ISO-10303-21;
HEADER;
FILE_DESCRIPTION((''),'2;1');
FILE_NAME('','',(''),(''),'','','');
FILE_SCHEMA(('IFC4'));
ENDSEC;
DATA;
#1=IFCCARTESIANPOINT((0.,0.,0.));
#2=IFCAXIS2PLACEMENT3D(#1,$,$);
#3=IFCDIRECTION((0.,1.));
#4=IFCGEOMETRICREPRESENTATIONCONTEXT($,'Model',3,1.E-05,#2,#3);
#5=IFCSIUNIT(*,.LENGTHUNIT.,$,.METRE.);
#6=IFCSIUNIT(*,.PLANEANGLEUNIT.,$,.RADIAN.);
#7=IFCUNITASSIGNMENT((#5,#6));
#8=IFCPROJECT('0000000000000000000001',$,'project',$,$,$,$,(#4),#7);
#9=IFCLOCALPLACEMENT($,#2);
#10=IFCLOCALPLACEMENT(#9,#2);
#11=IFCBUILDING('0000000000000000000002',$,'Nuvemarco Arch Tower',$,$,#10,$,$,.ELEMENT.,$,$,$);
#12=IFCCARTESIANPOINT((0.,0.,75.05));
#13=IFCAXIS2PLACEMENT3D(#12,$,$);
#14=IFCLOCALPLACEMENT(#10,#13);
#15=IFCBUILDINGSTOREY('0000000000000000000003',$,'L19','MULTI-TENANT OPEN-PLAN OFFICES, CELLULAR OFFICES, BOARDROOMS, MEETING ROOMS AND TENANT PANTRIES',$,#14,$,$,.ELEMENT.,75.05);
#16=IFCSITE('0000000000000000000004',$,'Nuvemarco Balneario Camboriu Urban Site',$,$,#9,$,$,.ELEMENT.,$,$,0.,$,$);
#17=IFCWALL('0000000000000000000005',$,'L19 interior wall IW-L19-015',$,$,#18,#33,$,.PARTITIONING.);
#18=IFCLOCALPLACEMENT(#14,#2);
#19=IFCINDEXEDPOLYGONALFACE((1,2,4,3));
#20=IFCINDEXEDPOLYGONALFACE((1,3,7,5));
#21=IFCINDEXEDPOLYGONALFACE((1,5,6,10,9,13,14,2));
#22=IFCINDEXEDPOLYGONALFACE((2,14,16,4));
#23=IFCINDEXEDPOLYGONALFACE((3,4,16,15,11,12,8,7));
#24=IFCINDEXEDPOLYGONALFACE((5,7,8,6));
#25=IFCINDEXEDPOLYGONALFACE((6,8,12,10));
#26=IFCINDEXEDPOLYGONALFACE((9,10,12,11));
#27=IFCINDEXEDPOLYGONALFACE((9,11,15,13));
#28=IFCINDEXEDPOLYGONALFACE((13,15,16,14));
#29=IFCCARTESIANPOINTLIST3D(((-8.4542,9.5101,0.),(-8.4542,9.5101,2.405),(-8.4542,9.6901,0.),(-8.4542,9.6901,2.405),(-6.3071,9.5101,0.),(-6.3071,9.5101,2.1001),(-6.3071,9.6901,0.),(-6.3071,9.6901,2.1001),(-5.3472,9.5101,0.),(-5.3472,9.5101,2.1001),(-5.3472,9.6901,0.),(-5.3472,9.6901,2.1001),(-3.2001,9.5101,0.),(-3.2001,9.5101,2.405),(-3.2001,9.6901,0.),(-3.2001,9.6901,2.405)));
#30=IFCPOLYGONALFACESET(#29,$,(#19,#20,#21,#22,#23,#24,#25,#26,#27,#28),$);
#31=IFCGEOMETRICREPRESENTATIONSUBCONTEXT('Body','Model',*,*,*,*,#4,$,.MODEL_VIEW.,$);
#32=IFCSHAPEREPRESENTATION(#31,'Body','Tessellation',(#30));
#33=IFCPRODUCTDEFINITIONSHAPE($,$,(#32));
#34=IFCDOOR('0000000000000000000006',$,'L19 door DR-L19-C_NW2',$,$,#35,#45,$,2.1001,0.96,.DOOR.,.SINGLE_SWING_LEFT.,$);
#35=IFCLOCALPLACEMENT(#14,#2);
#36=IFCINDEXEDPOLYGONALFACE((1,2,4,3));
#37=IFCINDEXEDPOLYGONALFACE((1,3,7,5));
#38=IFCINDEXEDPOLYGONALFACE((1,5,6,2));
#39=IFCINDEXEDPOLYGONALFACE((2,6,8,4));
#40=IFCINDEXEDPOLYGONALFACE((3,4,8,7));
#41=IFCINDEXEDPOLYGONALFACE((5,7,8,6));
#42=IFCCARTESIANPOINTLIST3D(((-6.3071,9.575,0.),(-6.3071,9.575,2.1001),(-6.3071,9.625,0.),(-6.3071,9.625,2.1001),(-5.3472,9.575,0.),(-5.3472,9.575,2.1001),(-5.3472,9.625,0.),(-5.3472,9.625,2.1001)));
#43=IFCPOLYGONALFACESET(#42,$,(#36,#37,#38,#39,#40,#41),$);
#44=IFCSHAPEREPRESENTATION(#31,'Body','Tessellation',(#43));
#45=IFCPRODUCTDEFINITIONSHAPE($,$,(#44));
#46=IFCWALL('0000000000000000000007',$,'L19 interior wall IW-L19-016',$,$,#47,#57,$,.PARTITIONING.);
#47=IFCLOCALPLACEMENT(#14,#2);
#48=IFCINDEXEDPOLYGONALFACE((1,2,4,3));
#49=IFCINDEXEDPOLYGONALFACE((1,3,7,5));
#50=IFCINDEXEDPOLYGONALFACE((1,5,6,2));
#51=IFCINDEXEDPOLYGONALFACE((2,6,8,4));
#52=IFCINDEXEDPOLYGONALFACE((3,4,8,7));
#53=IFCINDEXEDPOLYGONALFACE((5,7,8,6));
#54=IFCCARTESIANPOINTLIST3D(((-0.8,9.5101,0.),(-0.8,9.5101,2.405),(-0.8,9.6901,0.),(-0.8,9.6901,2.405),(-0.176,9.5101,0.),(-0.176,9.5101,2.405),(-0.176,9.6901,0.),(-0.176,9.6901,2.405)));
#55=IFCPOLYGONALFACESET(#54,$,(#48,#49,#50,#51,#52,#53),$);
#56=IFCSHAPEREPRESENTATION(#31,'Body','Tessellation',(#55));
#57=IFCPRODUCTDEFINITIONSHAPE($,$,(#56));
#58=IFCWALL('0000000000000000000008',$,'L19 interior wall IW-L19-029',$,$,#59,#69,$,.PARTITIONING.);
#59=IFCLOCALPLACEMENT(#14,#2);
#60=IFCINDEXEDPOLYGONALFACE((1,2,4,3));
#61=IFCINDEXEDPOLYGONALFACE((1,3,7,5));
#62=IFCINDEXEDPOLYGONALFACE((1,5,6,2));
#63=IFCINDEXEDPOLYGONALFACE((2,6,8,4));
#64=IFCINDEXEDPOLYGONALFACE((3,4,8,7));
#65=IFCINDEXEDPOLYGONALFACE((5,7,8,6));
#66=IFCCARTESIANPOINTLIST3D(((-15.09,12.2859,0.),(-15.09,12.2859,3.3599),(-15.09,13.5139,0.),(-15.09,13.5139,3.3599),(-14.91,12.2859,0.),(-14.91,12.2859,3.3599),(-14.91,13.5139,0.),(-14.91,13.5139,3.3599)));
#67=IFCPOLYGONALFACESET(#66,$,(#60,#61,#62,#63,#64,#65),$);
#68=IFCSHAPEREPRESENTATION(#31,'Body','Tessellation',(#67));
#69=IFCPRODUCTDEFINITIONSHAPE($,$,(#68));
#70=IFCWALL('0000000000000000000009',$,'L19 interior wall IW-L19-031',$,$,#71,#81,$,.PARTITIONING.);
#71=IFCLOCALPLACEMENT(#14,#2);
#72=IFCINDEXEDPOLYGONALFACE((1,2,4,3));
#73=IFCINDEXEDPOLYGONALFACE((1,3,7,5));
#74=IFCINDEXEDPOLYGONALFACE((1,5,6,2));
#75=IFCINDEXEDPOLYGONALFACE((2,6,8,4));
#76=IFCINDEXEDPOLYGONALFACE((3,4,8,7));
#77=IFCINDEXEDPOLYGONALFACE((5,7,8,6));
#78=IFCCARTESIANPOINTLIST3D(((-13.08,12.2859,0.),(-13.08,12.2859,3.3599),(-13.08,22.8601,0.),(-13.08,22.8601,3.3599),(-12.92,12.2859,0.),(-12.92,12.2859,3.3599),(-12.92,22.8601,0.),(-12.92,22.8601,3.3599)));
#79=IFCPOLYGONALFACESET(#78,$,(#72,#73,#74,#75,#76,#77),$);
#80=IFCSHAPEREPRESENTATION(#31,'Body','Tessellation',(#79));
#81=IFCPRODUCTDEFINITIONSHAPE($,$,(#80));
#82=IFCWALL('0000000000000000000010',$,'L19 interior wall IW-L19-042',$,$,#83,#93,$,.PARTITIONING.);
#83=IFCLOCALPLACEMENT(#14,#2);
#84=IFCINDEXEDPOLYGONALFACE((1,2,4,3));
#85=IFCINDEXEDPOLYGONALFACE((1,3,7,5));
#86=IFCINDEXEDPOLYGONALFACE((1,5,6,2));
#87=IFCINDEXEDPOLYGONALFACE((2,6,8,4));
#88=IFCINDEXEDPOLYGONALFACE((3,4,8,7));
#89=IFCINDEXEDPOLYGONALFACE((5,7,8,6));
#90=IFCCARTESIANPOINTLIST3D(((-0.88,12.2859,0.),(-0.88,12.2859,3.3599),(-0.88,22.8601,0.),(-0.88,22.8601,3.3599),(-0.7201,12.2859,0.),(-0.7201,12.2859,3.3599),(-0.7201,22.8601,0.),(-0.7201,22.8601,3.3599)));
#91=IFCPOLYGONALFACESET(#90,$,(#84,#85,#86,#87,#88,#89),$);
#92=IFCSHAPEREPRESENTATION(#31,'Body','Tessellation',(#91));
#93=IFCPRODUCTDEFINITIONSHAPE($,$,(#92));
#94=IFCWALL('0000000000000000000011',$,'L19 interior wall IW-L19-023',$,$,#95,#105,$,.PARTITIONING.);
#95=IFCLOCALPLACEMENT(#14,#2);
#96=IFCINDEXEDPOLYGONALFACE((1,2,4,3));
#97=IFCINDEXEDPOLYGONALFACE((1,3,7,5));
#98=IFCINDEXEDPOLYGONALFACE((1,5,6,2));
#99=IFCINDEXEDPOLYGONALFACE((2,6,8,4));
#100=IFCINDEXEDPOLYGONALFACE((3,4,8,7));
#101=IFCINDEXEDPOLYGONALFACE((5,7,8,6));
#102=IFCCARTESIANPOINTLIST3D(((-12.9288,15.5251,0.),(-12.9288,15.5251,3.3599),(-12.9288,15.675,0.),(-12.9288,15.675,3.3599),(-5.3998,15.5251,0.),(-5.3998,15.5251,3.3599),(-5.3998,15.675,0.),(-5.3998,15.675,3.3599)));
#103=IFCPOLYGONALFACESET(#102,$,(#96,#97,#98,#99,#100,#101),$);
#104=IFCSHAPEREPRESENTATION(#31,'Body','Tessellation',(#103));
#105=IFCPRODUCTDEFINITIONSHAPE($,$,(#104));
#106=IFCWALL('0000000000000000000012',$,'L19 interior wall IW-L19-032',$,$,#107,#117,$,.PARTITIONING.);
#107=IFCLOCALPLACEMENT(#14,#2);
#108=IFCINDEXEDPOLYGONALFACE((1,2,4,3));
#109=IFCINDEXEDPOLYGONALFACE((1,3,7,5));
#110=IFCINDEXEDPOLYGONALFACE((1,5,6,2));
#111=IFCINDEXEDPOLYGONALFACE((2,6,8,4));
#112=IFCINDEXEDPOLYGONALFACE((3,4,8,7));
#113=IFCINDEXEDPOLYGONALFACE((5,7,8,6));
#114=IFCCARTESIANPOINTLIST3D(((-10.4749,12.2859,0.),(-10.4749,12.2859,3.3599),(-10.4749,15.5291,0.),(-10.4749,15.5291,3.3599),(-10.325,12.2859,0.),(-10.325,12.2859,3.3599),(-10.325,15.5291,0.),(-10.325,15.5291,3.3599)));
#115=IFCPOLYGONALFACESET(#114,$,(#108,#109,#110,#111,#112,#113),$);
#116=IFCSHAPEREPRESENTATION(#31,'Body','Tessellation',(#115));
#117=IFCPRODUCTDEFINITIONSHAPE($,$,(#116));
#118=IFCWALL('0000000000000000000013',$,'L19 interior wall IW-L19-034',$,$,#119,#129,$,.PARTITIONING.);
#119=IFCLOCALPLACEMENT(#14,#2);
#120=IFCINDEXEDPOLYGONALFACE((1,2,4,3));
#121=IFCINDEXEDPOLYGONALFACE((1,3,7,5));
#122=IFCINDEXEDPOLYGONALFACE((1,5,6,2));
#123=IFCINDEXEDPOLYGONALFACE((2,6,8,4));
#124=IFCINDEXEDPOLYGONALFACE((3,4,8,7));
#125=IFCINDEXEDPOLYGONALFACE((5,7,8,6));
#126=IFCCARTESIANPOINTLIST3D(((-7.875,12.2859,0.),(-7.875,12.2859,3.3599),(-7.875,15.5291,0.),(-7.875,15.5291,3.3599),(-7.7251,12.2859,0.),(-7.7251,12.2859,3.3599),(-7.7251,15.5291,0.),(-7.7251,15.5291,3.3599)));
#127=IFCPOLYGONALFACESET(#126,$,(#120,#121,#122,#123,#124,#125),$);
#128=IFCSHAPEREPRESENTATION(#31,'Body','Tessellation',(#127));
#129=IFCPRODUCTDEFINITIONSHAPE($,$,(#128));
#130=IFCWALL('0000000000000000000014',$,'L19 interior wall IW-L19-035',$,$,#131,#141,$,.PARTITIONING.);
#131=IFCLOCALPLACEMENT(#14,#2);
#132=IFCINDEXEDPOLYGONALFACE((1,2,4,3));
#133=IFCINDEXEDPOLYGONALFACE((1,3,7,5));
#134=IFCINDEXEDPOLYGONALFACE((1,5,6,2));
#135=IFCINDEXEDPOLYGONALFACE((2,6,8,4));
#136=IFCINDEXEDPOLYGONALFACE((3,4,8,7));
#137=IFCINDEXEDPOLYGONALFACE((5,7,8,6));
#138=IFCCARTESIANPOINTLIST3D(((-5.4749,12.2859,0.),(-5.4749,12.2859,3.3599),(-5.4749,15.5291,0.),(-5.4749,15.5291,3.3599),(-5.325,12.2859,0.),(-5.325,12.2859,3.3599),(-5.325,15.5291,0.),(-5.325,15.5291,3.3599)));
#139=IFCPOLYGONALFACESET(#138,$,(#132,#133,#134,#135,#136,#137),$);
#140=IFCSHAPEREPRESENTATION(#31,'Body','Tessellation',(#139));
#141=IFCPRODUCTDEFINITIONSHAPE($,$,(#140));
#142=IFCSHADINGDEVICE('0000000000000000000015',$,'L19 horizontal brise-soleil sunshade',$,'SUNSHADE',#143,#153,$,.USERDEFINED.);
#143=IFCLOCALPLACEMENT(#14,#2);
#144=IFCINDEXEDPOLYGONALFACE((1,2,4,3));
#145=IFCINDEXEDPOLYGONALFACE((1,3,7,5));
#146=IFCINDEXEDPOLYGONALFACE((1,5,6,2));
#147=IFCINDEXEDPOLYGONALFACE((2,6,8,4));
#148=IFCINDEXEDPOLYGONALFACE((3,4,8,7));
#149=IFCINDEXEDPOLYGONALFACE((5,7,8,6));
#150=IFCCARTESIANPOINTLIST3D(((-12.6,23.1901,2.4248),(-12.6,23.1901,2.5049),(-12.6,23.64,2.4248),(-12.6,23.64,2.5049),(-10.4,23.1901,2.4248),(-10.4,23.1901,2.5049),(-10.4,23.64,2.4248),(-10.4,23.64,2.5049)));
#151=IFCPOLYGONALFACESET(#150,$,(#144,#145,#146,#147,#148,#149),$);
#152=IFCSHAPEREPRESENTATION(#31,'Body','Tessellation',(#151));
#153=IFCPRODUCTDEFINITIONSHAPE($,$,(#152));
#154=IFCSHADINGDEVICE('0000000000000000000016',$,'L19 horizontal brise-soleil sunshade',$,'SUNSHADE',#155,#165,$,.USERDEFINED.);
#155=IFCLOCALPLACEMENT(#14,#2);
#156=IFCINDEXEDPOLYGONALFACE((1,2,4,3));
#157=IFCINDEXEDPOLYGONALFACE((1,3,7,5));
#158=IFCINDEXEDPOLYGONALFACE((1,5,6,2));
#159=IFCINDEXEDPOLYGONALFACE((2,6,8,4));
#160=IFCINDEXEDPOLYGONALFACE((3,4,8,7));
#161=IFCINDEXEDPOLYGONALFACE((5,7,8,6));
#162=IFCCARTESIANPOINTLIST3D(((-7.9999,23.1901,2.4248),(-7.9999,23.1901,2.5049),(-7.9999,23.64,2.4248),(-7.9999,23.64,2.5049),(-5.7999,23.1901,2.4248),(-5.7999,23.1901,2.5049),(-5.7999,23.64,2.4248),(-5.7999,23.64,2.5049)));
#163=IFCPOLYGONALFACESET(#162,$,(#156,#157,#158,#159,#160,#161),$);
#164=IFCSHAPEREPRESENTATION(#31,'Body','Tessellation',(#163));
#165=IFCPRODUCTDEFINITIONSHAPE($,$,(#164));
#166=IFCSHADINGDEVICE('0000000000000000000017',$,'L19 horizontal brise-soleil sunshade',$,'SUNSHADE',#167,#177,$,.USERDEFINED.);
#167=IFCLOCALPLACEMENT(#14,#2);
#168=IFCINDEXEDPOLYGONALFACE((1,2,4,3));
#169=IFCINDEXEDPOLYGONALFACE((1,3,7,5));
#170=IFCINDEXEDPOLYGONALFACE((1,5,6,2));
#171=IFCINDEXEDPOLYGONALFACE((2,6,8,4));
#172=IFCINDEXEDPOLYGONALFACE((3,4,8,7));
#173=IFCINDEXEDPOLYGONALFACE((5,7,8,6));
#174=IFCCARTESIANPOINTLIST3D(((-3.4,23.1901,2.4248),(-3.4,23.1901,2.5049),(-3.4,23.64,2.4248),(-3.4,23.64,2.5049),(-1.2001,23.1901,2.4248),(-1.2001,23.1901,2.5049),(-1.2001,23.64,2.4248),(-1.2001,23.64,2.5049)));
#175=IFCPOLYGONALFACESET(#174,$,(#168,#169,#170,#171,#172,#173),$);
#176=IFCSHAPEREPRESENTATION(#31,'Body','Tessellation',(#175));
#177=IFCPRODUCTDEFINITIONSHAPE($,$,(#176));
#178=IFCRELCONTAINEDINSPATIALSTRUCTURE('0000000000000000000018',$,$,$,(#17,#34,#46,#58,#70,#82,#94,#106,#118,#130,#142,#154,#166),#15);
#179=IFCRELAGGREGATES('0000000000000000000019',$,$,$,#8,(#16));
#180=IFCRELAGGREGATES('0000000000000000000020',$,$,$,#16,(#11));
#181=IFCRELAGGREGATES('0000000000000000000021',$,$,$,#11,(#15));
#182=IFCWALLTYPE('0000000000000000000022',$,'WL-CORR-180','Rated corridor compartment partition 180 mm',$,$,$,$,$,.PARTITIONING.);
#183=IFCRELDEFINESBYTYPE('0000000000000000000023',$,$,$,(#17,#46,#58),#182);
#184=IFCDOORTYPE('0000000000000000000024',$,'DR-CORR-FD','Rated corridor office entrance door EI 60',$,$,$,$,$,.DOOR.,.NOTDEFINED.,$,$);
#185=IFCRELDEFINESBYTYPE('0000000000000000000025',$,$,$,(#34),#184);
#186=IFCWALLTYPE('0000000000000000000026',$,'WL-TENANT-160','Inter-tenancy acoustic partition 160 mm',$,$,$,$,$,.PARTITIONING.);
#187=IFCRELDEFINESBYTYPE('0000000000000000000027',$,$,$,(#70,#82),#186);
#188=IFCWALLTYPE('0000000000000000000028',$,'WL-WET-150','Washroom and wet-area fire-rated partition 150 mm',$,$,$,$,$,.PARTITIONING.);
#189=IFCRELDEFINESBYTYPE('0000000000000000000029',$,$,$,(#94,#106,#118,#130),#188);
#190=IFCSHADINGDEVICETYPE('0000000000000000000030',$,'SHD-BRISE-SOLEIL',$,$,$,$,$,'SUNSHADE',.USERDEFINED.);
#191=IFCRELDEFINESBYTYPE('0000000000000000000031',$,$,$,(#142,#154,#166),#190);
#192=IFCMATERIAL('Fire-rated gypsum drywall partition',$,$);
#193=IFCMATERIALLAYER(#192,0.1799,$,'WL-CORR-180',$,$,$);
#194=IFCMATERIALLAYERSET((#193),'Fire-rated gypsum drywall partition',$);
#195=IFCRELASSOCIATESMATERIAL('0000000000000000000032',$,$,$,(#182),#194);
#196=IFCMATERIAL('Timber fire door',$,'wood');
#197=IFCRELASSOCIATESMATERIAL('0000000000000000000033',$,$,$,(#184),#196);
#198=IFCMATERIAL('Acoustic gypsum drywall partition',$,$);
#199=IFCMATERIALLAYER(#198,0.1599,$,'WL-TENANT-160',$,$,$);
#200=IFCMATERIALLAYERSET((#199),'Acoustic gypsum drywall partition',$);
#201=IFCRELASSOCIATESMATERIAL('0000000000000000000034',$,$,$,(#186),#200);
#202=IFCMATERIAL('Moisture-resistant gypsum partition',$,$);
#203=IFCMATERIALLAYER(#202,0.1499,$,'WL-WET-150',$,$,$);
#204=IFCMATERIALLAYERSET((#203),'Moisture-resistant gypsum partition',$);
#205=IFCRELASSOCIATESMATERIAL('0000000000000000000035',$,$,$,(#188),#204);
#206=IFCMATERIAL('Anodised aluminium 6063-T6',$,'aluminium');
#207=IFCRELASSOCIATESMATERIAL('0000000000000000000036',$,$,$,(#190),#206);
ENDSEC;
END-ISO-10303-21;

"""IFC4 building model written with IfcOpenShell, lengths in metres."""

from ifc_helpers import new_model, si_unit, direction, frame, frame_2d, origin, origin_2d, place, context, subcontext, project, spatial, rectangle, extrude, source, transform, mapped, material, layer, layer_set, type_object, type_shapes, element, fill, save


model = new_model("IFC4")

# Units and contexts
model_context = context("Model", 3, precision=1e-05, world=origin(), true_north=direction((0.0, 1.0)))
body_context = subcontext(model_context, "Body", "Model", "MODEL_VIEW")
ifc_project = project(units=[si_unit("LENGTHUNIT", "METRE"), si_unit("PLANEANGLEUNIT", "RADIAN")], contexts=[model_context])

# Site, building, storey
site_placement = place(None, origin())
site = spatial("IfcSite", under=ifc_project, at=site_placement, Name="Nuvemarco Balneario Camboriu Urban Site", CompositionType="ELEMENT", RefElevation=0.0)
building_placement = place(site_placement, origin())
building = spatial("IfcBuilding", under=site, at=building_placement, Name="Nuvemarco Arch Tower", CompositionType="ELEMENT")
storey_placement = place(building_placement, frame((0.0, 0.0, 75.05)))
storey = spatial("IfcBuildingStorey", under=building, at=storey_placement, Name="L19", Description="MULTI-TENANT OPEN-PLAN OFFICES, CELLULAR OFFICES, BOARDROOMS, MEETING ROOMS AND TENANT PANTRIES", CompositionType="ELEMENT", Elevation=75.05)

# Wall, opening, door
ifc_material_1 = material(Name="Fire-rated gypsum drywall partition")
ifc_layer_1 = layer(ifc_material_1, 0.1799, Name="WL-CORR-180")
ifc_layer_set_1 = layer_set([ifc_layer_1], Name="Fire-rated gypsum drywall partition")
wall_type_1 = type_object("IfcWallType", Name="WL-CORR-180", Description="Rated corridor compartment partition 180 mm", PredefinedType="PARTITIONING", material=ifc_layer_set_1)
wall_1_placement = place(storey_placement, frame((-8.4541, 9.6001, 0.0), z_axis=(0.0, 0.0, 1.0), x_axis=(1.0, 0.0, 0.0)))
wall_1 = element("IfcWall", 1, at=wall_1_placement, inside=storey, type_object=wall_type_1, Name="L19 interior wall IW-L19-015", PredefinedType="PARTITIONING", context=body_context, shape_type="SweptSolid", body=[
    extrude(rectangle(XDim=5.2542, YDim=0.1799, at=frame_2d((2.627, 0.0))), origin(), (0.0, 0.0, 1.0), 2.405),
])
opening_placement = place(wall_1_placement, frame((2.147, 0.0, 0.0)))
opening = element("IfcOpeningElement", 2, at=opening_placement, cuts=wall_1, PredefinedType="OPENING", context=body_context, shape_type="SweptSolid", body=[
    extrude(rectangle(XDim=0.96, YDim=2.1001, at=frame_2d((0.48, 1.05))), frame((0.0, 0.0999, 0.0), z_axis=(0.0, -1.0, 0.0), x_axis=(1.0, 0.0, 0.0)), (0.0, 0.0, 1.0), 0.2),
])
ifc_material_2 = material(Name="Timber fire door", Category="wood")
door_type = type_object("IfcDoorType", Name="DR-CORR-FD", Description="Rated corridor office entrance door EI 60", OperationType="NOTDEFINED", PredefinedType="DOOR", material=ifc_material_2)
shared_shape_1 = source(origin(), body_context, "Body", "SweptSolid", [
    extrude(rectangle(XDim=0.96, YDim=2.1001, at=frame_2d((0.48, 1.05))), frame((0.0, 0.0249, 0.0), z_axis=(0.0, -1.0, 0.0), x_axis=(1.0, 0.0, 0.0)), (0.0, 0.0, 1.0), 0.05),
])
type_shapes(door_type, [shared_shape_1])
door_placement = place(opening_placement, origin())
door = element("IfcDoor", 3, at=door_placement, inside=storey, type_object=door_type, Name="L19 door DR-L19-C_NW2", OperationType="SINGLE_SWING_LEFT", OverallHeight=2.1001, OverallWidth=0.96, PredefinedType="DOOR", context=body_context, shape_type="MappedRepresentation", body=[
    mapped(shared_shape_1, transform((0.0, 0.0, 0.0), scale=1.0)),
])
fill(opening, door)

# Walls
wall_2_placement = place(storey_placement, frame((-0.8, 9.6001, 0.0), z_axis=(0.0, 0.0, 1.0), x_axis=(1.0, 0.0, 0.0)))
element("IfcWall", 4, at=wall_2_placement, inside=storey, type_object=wall_type_1, Name="L19 interior wall IW-L19-016", PredefinedType="PARTITIONING", context=body_context, shape_type="SweptSolid", body=[
    extrude(rectangle(XDim=0.624, YDim=0.1799, at=frame_2d((0.312, 0.0))), origin(), (0.0, 0.0, 1.0), 2.405),
])
wall_3_placement = place(storey_placement, frame((-15.0, 12.2859, 0.0), z_axis=(0.0, 0.0, 1.0), x_axis=(0.0, 1.0, 0.0)))
element("IfcWall", 5, at=wall_3_placement, inside=storey, type_object=wall_type_1, Name="L19 interior wall IW-L19-029", PredefinedType="PARTITIONING", context=body_context, shape_type="SweptSolid", body=[
    extrude(rectangle(XDim=1.228, YDim=0.1799, at=frame_2d((0.614, 0.0))), origin(), (0.0, 0.0, 1.0), 3.3599),
])
ifc_material_3 = material(Name="Acoustic gypsum drywall partition")
ifc_layer_2 = layer(ifc_material_3, 0.1599, Name="WL-TENANT-160")
ifc_layer_set_2 = layer_set([ifc_layer_2], Name="Acoustic gypsum drywall partition")
wall_type_2 = type_object("IfcWallType", Name="WL-TENANT-160", Description="Inter-tenancy acoustic partition 160 mm", PredefinedType="PARTITIONING", material=ifc_layer_set_2)
for number, where, z_axis, x_axis, name in (
    (6, (-13.0, 12.2859, 0.0), (0.0, 0.0, 1.0), (0.0, 1.0, 0.0), "L19 interior wall IW-L19-031"),
    (7, (-0.8, 12.2859, 0.0), (0.0, 0.0, 1.0), (0.0, 1.0, 0.0), "L19 interior wall IW-L19-042"),
):
    element("IfcWall", number, at=place(storey_placement, frame(where, z_axis=z_axis, x_axis=x_axis)), inside=storey, type_object=wall_type_2, Name=name, PredefinedType="PARTITIONING", context=body_context, shape_type="SweptSolid", body=[
        extrude(rectangle(XDim=10.5742, YDim=0.1599, at=frame_2d((5.2871, 0.0))), origin(), (0.0, 0.0, 1.0), 3.3599),
    ])
ifc_material_4 = material(Name="Moisture-resistant gypsum partition")
ifc_layer_3 = layer(ifc_material_4, 0.1499, Name="WL-WET-150")
ifc_layer_set_3 = layer_set([ifc_layer_3], Name="Moisture-resistant gypsum partition")
wall_type_3 = type_object("IfcWallType", Name="WL-WET-150", Description="Washroom and wet-area fire-rated partition 150 mm", PredefinedType="PARTITIONING", material=ifc_layer_set_3)
wall_4_placement = place(storey_placement, frame((-12.929, 15.6001, 0.0), z_axis=(0.0, 0.0, 1.0), x_axis=(1.0, 0.0, 0.0)))
element("IfcWall", 8, at=wall_4_placement, inside=storey, type_object=wall_type_3, Name="L19 interior wall IW-L19-023", PredefinedType="PARTITIONING", context=body_context, shape_type="SweptSolid", body=[
    extrude(rectangle(XDim=7.5291, YDim=0.1499, at=frame_2d((3.7646, 0.0))), origin(), (0.0, 0.0, 1.0), 3.3599),
])
for number, where, z_axis, x_axis, name in (
    (9, (-10.3999, 12.2859, 0.0), (0.0, 0.0, 1.0), (0.0, 1.0, 0.0), "L19 interior wall IW-L19-032"),
    (10, (-7.8, 12.2859, 0.0), (0.0, 0.0, 1.0), (0.0, 1.0, 0.0), "L19 interior wall IW-L19-034"),
    (11, (-5.3999, 12.2859, 0.0), (0.0, 0.0, 1.0), (0.0, 1.0, 0.0), "L19 interior wall IW-L19-035"),
):
    element("IfcWall", number, at=place(storey_placement, frame(where, z_axis=z_axis, x_axis=x_axis)), inside=storey, type_object=wall_type_3, Name=name, PredefinedType="PARTITIONING", context=body_context, shape_type="SweptSolid", body=[
        extrude(rectangle(XDim=3.2432, YDim=0.1499, at=frame_2d((1.6216, 0.0))), origin(), (0.0, 0.0, 1.0), 3.3599),
    ])

# Shading devices
ifc_material_5 = material(Name="Anodised aluminium 6063-T6", Category="aluminium")
shading_device_type = type_object("IfcShadingDeviceType", Name="SHD-BRISE-SOLEIL", ElementType="SUNSHADE", PredefinedType="USERDEFINED", material=ifc_material_5)
shared_shape_2 = source(origin(), body_context, "Body", "SweptSolid", [
    extrude(rectangle(XDim=2.2, YDim=0.45, at=origin_2d()), origin(), (0.0, 0.0, 1.0), 0.0801),
])
type_shapes(shading_device_type, [shared_shape_2])
for number, where, z_axis, x_axis, name in (
    (12, (-11.5, 23.415, 2.4248), (0.0, 0.0, 1.0), (1.0, 0.0, 0.0), "L19 horizontal brise-soleil sunshade"),
    (13, (-6.8999, 23.415, 2.4248), (0.0, 0.0, 1.0), (1.0, 0.0, 0.0), "L19 horizontal brise-soleil sunshade"),
    (14, (-2.3, 23.415, 2.4248), (0.0, 0.0, 1.0), (1.0, 0.0, 0.0), "L19 horizontal brise-soleil sunshade"),
):
    element("IfcShadingDevice", number, at=place(storey_placement, frame(where, z_axis=z_axis, x_axis=x_axis)), inside=storey, type_object=shading_device_type, Name=name, ObjectType="SUNSHADE", PredefinedType="USERDEFINED", context=body_context, shape_type="MappedRepresentation", body=[
        mapped(shared_shape_2, transform((0.0, 0.0, 0.0), scale=1.0)),
    ])

save(model, "model.ifc")
